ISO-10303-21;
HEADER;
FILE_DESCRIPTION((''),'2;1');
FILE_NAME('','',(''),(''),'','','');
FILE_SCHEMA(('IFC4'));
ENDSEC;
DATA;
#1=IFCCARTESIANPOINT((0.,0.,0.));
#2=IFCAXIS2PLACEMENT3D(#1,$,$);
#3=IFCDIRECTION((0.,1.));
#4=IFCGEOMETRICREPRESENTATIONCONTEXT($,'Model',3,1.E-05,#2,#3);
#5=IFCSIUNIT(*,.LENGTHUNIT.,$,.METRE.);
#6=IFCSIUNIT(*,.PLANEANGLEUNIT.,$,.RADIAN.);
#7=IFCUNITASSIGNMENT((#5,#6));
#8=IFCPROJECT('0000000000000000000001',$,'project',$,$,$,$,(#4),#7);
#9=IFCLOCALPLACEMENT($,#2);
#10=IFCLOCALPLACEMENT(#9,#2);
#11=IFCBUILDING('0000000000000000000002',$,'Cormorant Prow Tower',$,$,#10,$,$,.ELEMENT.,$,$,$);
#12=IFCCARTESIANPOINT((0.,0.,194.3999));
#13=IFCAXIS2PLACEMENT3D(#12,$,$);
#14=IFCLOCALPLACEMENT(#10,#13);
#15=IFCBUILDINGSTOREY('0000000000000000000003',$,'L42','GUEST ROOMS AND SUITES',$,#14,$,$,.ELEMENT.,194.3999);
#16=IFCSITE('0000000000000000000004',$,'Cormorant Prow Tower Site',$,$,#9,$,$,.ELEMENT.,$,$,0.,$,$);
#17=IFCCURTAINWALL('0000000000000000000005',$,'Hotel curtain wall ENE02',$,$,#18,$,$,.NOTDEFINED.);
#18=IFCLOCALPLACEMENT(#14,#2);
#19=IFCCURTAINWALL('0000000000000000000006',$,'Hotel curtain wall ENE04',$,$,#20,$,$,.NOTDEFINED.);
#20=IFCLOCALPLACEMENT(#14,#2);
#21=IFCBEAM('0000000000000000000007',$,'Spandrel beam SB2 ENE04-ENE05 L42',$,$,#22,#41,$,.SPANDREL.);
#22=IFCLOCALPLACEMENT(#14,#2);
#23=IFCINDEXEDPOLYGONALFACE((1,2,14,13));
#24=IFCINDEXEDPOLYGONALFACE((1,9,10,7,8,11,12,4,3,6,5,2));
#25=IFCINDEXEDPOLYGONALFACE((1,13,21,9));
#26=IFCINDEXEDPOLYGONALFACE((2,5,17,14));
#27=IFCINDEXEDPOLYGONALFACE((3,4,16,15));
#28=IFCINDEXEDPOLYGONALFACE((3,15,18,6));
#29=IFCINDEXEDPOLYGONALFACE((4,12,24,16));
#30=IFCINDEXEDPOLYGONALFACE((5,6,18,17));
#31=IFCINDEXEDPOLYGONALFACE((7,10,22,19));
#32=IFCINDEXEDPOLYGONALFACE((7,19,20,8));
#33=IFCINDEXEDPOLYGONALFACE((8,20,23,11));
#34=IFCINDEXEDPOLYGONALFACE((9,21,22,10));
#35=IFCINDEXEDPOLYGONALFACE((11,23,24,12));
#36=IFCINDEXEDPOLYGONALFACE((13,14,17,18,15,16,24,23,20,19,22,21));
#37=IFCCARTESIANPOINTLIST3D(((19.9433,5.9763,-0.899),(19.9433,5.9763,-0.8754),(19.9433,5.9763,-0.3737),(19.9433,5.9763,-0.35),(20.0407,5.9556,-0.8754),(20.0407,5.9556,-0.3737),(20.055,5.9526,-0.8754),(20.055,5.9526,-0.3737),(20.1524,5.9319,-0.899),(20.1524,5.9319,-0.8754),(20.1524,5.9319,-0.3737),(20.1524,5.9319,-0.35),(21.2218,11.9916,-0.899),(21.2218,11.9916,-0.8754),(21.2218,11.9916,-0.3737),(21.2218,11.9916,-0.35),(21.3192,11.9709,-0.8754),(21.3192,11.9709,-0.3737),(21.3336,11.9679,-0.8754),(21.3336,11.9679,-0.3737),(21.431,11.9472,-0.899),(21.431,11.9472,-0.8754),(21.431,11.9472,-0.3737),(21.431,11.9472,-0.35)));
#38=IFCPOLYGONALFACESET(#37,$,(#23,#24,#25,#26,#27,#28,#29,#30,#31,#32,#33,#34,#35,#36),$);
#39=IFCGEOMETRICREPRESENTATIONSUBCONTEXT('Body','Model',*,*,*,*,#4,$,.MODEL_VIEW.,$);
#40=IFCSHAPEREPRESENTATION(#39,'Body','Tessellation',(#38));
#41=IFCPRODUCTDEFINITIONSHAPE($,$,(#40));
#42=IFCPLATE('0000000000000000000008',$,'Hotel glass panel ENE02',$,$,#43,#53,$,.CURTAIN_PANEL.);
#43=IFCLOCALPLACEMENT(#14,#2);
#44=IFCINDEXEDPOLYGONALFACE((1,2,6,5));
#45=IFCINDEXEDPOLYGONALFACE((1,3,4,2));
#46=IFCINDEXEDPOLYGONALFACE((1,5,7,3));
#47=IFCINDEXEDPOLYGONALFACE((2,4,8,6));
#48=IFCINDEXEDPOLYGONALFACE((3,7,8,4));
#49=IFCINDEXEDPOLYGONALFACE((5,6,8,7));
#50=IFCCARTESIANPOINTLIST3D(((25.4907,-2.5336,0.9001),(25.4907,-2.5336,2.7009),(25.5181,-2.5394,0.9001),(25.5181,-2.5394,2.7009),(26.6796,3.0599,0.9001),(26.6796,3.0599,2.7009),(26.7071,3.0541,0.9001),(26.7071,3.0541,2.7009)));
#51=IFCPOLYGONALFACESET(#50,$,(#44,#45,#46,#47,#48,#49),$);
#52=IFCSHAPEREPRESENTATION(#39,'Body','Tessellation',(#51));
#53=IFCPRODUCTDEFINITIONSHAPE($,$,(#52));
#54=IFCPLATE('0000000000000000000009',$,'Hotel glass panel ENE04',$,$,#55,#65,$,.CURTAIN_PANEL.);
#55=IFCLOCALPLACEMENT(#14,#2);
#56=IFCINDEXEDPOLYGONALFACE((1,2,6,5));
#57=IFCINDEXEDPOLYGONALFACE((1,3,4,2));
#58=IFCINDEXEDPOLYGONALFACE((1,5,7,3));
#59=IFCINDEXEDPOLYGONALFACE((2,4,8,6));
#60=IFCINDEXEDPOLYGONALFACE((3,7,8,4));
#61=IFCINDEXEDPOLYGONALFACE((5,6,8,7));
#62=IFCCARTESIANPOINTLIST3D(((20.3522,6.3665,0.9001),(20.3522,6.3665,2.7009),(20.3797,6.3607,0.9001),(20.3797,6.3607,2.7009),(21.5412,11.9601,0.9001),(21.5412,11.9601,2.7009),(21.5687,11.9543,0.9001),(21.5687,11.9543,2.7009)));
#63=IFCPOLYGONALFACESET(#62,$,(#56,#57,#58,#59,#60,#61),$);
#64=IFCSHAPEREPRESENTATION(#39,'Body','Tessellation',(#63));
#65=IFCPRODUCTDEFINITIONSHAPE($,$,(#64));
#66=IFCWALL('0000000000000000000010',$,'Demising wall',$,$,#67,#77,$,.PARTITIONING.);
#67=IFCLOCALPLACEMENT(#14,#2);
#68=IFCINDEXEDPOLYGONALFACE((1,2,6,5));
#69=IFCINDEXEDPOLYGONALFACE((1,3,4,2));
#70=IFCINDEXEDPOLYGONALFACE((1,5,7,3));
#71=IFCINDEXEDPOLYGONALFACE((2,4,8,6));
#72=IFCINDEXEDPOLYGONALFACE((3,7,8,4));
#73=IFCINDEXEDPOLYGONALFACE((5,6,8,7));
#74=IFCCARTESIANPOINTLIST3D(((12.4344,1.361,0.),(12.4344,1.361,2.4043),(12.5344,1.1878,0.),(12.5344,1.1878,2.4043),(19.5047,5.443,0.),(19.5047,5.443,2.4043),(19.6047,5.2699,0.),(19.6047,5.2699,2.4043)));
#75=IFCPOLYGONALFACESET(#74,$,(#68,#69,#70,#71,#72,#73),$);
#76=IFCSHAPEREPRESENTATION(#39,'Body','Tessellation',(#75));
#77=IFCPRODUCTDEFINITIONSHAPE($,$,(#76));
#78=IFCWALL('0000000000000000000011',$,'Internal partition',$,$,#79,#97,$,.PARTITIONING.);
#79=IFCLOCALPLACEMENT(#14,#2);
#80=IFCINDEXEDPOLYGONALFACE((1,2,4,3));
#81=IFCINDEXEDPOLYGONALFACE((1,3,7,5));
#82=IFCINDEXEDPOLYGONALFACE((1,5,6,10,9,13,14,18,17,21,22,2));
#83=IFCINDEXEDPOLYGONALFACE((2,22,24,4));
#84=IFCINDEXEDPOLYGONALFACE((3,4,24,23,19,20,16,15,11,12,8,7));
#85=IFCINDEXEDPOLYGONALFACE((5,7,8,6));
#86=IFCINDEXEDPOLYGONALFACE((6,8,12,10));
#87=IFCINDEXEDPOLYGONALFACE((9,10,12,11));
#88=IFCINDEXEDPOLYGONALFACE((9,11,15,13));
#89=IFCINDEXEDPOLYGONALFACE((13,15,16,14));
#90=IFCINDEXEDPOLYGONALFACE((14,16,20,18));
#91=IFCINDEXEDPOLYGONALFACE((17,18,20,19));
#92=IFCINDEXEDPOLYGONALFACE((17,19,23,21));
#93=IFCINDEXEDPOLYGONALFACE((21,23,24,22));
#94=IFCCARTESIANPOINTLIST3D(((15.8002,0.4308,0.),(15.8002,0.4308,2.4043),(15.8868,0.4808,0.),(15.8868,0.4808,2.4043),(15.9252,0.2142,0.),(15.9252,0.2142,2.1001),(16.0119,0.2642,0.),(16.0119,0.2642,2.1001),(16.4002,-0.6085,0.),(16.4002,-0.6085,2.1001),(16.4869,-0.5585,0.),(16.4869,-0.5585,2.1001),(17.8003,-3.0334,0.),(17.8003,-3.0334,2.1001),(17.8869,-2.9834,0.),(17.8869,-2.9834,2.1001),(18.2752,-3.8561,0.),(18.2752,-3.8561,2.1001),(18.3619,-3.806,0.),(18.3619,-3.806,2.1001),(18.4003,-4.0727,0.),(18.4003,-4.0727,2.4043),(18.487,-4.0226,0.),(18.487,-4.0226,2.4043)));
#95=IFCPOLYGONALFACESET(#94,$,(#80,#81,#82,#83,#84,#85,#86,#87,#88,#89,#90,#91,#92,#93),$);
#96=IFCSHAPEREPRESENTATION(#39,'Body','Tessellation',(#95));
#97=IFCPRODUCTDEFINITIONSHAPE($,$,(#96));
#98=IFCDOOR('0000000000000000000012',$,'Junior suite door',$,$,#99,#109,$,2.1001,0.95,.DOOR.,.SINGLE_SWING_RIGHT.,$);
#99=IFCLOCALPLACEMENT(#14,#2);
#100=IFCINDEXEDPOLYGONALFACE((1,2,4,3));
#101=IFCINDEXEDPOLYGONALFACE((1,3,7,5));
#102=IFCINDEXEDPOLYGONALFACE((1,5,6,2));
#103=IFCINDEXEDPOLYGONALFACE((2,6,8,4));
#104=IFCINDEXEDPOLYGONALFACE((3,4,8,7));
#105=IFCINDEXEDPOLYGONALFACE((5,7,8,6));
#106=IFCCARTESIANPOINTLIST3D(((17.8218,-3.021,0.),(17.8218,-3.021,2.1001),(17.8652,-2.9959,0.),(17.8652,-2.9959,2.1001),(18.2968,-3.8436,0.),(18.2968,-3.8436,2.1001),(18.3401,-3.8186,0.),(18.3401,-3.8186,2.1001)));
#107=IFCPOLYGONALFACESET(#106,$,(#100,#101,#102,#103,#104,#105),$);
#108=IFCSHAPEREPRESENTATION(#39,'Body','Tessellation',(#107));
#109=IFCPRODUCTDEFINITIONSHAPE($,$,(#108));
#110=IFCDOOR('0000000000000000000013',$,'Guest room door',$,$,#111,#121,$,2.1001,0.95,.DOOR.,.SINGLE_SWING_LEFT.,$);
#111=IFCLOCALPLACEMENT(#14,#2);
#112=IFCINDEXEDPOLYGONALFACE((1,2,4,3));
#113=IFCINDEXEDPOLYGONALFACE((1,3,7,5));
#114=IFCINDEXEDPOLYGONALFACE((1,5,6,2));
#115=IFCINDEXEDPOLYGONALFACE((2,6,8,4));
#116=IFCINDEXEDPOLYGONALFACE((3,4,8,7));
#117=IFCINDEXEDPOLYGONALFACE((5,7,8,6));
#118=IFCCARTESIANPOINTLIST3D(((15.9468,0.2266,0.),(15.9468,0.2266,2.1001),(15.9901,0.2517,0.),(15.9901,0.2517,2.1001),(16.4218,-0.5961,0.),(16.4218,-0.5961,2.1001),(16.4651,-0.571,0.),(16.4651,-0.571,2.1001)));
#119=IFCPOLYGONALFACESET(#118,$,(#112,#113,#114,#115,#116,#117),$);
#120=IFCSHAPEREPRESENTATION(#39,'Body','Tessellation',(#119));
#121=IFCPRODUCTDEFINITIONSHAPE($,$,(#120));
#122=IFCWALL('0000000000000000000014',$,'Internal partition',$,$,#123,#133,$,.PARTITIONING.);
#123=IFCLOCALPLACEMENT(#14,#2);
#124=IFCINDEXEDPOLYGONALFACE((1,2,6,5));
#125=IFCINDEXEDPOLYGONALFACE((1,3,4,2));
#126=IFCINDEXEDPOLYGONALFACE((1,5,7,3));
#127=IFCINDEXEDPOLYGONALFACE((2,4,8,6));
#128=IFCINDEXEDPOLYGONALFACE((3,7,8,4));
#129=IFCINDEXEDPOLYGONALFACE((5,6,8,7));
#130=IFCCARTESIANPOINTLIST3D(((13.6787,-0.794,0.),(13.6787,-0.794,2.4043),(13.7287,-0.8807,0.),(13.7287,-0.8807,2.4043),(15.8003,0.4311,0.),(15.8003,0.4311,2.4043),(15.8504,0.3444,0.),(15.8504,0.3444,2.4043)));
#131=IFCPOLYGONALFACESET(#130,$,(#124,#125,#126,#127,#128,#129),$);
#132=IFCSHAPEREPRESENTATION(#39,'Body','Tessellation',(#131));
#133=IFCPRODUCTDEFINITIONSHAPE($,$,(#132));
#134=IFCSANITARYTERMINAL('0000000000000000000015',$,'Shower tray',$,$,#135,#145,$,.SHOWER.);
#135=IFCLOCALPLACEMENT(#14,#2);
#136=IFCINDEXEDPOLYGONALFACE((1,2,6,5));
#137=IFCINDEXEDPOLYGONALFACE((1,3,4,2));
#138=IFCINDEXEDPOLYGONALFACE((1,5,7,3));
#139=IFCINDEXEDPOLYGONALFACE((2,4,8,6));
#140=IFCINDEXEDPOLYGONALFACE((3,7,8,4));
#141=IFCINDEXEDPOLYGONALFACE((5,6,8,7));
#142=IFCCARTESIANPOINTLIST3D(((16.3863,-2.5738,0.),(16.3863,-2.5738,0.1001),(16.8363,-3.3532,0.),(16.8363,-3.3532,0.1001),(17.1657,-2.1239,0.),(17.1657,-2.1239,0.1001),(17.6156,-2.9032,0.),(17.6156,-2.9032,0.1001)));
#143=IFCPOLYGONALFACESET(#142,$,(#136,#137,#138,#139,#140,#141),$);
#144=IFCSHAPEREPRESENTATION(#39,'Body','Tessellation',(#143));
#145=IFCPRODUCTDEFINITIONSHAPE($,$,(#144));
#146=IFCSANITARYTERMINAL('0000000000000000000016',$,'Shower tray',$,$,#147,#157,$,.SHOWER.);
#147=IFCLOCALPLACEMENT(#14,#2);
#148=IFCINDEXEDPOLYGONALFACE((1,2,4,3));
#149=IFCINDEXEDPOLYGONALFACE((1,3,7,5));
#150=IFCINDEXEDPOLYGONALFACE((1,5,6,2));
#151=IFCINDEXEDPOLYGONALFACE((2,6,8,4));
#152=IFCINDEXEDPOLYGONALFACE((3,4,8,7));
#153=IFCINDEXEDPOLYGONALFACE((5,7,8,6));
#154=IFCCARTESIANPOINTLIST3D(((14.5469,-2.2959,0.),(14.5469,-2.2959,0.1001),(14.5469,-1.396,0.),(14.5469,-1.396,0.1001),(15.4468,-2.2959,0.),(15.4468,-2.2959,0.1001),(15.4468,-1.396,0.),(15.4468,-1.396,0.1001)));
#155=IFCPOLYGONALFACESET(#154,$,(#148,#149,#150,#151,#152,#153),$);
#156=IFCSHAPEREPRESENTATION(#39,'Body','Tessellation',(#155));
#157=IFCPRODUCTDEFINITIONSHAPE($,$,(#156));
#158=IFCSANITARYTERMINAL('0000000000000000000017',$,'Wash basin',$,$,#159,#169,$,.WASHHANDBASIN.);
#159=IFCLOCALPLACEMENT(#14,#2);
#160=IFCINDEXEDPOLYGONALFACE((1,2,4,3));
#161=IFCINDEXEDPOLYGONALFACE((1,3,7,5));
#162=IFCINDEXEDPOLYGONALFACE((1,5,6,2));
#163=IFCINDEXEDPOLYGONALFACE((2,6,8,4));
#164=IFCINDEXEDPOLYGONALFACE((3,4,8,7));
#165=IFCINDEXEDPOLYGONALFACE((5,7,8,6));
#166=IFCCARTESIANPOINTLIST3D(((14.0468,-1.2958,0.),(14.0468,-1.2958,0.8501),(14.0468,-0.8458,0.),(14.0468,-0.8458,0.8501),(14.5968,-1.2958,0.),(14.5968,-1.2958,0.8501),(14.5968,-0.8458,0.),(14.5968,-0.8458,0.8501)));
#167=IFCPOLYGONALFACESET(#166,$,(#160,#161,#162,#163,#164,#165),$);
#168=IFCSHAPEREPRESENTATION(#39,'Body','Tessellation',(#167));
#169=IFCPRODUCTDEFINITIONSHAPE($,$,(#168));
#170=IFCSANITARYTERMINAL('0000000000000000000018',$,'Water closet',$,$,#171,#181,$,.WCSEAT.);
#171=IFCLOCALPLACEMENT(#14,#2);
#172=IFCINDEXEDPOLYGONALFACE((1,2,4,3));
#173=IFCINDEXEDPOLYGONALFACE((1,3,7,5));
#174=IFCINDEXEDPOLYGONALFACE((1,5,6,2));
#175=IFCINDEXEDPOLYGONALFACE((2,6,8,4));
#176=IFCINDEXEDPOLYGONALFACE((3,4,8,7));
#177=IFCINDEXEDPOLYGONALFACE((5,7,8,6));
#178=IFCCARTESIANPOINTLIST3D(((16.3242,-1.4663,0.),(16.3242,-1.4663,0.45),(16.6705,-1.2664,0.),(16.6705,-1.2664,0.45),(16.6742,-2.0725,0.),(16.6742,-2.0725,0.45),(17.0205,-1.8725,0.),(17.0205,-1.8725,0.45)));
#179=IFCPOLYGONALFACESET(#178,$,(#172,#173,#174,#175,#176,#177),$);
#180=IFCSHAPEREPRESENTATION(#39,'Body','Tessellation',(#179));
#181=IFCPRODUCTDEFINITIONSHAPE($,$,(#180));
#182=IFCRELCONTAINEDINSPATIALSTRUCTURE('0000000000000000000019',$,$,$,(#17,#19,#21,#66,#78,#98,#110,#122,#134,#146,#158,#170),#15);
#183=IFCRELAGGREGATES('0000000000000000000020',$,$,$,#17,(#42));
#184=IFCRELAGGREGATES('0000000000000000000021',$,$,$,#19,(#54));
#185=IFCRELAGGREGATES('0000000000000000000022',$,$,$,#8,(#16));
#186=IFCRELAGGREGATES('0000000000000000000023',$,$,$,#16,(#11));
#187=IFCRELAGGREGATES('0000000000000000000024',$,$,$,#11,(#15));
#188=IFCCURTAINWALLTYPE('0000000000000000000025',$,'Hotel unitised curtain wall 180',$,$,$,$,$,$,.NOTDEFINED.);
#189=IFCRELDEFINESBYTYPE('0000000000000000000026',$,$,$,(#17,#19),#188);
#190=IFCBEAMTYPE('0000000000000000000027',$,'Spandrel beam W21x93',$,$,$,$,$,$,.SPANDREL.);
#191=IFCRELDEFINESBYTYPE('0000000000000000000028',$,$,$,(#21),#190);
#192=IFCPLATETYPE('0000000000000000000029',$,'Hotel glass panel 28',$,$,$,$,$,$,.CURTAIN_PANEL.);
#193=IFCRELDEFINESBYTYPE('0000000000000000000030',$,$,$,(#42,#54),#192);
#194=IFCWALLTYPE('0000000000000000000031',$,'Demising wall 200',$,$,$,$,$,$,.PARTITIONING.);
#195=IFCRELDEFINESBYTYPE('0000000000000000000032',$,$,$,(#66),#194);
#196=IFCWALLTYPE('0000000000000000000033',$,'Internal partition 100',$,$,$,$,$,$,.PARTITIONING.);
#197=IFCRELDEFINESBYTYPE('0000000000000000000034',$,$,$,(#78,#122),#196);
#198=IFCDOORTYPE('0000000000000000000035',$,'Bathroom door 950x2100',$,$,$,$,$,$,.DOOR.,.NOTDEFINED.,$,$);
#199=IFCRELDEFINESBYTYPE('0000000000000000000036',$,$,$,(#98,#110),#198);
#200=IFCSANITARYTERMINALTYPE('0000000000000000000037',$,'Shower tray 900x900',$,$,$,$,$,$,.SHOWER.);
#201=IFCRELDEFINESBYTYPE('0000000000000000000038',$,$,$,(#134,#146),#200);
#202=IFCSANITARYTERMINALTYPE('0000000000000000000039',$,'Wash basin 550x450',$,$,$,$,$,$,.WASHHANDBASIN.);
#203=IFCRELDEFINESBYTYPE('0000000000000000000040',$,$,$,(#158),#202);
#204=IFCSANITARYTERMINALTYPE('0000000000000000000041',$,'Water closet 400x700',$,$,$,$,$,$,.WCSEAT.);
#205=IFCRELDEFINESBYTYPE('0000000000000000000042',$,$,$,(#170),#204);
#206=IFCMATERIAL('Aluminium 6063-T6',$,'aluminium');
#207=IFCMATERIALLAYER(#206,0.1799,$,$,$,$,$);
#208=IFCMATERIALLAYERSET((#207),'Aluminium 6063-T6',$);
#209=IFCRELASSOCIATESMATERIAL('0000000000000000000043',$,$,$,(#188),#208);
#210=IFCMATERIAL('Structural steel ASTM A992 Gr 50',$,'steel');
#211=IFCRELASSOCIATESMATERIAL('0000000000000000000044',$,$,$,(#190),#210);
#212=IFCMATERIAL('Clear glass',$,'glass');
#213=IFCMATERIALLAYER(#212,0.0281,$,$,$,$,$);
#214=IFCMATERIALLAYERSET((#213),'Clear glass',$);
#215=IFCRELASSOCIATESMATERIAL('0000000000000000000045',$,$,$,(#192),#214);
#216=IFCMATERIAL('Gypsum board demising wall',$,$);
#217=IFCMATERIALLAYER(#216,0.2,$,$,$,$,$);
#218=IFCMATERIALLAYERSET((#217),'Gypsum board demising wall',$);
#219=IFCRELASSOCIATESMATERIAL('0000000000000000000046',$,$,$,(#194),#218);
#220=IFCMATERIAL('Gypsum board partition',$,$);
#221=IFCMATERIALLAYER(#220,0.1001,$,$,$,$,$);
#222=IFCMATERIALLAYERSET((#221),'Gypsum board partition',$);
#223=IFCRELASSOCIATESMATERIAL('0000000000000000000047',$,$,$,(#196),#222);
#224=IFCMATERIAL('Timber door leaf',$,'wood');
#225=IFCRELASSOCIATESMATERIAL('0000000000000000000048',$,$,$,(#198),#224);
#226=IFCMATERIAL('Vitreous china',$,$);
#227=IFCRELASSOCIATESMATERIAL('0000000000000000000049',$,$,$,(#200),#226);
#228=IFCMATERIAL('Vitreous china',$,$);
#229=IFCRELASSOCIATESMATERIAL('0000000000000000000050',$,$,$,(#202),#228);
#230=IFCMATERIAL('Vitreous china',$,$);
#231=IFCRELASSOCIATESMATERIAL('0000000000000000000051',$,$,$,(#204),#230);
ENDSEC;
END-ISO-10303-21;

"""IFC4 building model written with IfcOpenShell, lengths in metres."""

from ifc_helpers import new_model, si_unit, direction, frame, frame_2d, origin, origin_2d, place, context, subcontext, project, spatial, rectangle, i_section, extrude, material, layer, layer_set, material_profile, profile_set, type_object, element, fill, aggregate, save


model = new_model("IFC4")

# Units and contexts
model_context = context("Model", 3, precision=1e-05, world=origin(), true_north=direction((0.0, 1.0)))
body_context = subcontext(model_context, "Body", "Model", "MODEL_VIEW")
ifc_project = project(units=[si_unit("LENGTHUNIT", "METRE"), si_unit("PLANEANGLEUNIT", "RADIAN")], contexts=[model_context])

# Site, building, storey
site_placement = place(None, origin())
site = spatial("IfcSite", under=ifc_project, at=site_placement, Name="Cormorant Prow Tower Site", CompositionType="ELEMENT", RefElevation=0.0)
building_placement = place(site_placement, origin())
building = spatial("IfcBuilding", under=site, at=building_placement, Name="Cormorant Prow Tower", CompositionType="ELEMENT")
storey_placement = place(building_placement, frame((0.0, 0.0, 194.3999)))
storey = spatial("IfcBuildingStorey", under=building, at=storey_placement, Name="L42", Description="GUEST ROOMS AND SUITES", CompositionType="ELEMENT", Elevation=194.3999)

# Curtain walls
ifc_material_1 = material(Name="Aluminium 6063-T6", Category="aluminium")
ifc_layer_1 = layer(ifc_material_1, 0.1799)
ifc_layer_set_1 = layer_set([ifc_layer_1], Name="Aluminium 6063-T6")
curtain_wall_type = type_object("IfcCurtainWallType", Name="Hotel unitised curtain wall 180", PredefinedType="NOTDEFINED", material=ifc_layer_set_1)
curtain_wall_1_placement = place(storey_placement, origin())
curtain_wall_1 = element("IfcCurtainWall", 1, at=curtain_wall_1_placement, inside=storey, type_object=curtain_wall_type, Name="Hotel curtain wall ENE02", PredefinedType="NOTDEFINED")
curtain_wall_2_placement = place(storey_placement, origin())
curtain_wall_2 = element("IfcCurtainWall", 2, at=curtain_wall_2_placement, inside=storey, type_object=curtain_wall_type, Name="Hotel curtain wall ENE04", PredefinedType="NOTDEFINED")

# Beam
ifc_material_2 = material(Name="Structural steel ASTM A992 Gr 50", Category="steel")
ifc_material_profile_1 = material_profile(ifc_material_2, i_section(OverallWidth=0.2139, OverallDepth=0.5491, WebThickness=0.0146, FlangeThickness=0.0237, at=origin_2d()), Name="W21x93")
ifc_profile_set_1 = profile_set([ifc_material_profile_1], Name="Structural steel ASTM A992 Gr 50")
beam_type_1 = type_object("IfcBeamType", Name="Spandrel beam W21x93", PredefinedType="SPANDREL", material=ifc_profile_set_1)
beam_1_placement = place(storey_placement, frame((20.0479, 5.9541, -0.6245), z_axis=(0.207905, 0.978149, 0.0), x_axis=(-0.978149, 0.207905, 0.0)))
element("IfcBeam", 3, at=beam_1_placement, inside=storey, type_object=beam_type_1, Name="Spandrel beam SB2 ENE04-ENE05 L42", PredefinedType="SPANDREL", context=body_context, shape_type="SweptSolid", body=[
    extrude(i_section(OverallWidth=0.2139, OverallDepth=0.5491, WebThickness=0.0146, FlangeThickness=0.0237, at=origin_2d()), origin(), (0.0, 0.0, 1.0), 6.1497),
])

# Plates
ifc_material_3 = material(Name="Clear glass", Category="glass")
ifc_layer_2 = layer(ifc_material_3, 0.0281)
ifc_layer_set_2 = layer_set([ifc_layer_2], Name="Clear glass")
plate_type = type_object("IfcPlateType", Name="Hotel glass panel 28", PredefinedType="CURTAIN_PANEL", material=ifc_layer_set_2)
plate_1_placement = place(storey_placement, frame((26.0989, 0.2603, 0.9001), z_axis=(0.0, 0.0, 1.0), x_axis=(0.207912, 0.978148, 0.0)))
plate_1 = element("IfcPlate", 4, at=plate_1_placement, type_object=plate_type, Name="Hotel glass panel ENE02", PredefinedType="CURTAIN_PANEL", context=body_context, shape_type="SweptSolid", body=[
    extrude(rectangle(XDim=5.7185, YDim=0.0281, at=origin_2d()), origin(), (0.0, 0.0, 1.0), 1.8008),
])
aggregate(curtain_wall_1, [plate_1])
plate_2_placement = place(storey_placement, frame((20.9604, 9.1604, 0.9001), z_axis=(0.0, 0.0, 1.0), x_axis=(0.207912, 0.978148, 0.0)))
plate_2 = element("IfcPlate", 5, at=plate_2_placement, type_object=plate_type, Name="Hotel glass panel ENE04", PredefinedType="CURTAIN_PANEL", context=body_context, shape_type="SweptSolid", body=[
    extrude(rectangle(XDim=5.7185, YDim=0.0281, at=origin_2d()), origin(), (0.0, 0.0, 1.0), 1.8008),
])
aggregate(curtain_wall_2, [plate_2])

# Wall
ifc_material_4 = material(Name="Gypsum board demising wall")
ifc_layer_3 = layer(ifc_material_4, 0.2)
ifc_layer_set_3 = layer_set([ifc_layer_3], Name="Gypsum board demising wall")
wall_type_1 = type_object("IfcWallType", Name="Demising wall 200", PredefinedType="PARTITIONING", material=ifc_layer_set_3)
wall_1_placement = place(storey_placement, frame((12.4844, 1.2744, 0.0), z_axis=(0.0, 0.0, 1.0), x_axis=(0.866026, 0.499999, 0.0)))
element("IfcWall", 6, at=wall_1_placement, inside=storey, type_object=wall_type_1, Name="Demising wall", PredefinedType="PARTITIONING", context=body_context, shape_type="SweptSolid", body=[
    extrude(rectangle(XDim=8.1641, YDim=0.2, at=frame_2d((4.082, 0.0))), origin(), (0.0, 0.0, 1.0), 2.4043),
])

# Wall, openings, doors
ifc_material_5 = material(Name="Gypsum board partition")
ifc_layer_4 = layer(ifc_material_5, 0.1001)
ifc_layer_set_4 = layer_set([ifc_layer_4], Name="Gypsum board partition")
wall_type_2 = type_object("IfcWallType", Name="Internal partition 100", PredefinedType="PARTITIONING", material=ifc_layer_set_4)
wall_2_placement = place(storey_placement, frame((15.8435, 0.4558, 0.0), z_axis=(0.0, 0.0, 1.0), x_axis=(0.500007, -0.866021, 0.0)))
wall_2 = element("IfcWall", 7, at=wall_2_placement, inside=storey, type_object=wall_type_2, Name="Internal partition", PredefinedType="PARTITIONING", context=body_context, shape_type="SweptSolid", body=[
    extrude(rectangle(XDim=5.2002, YDim=0.1001, at=frame_2d((2.6001, 0.0))), origin(), (0.0, 0.0, 1.0), 2.4043),
])
opening_1_placement = place(wall_2_placement, frame((4.0, 0.0, 0.0)))
opening_1 = element("IfcOpeningElement", 8, at=opening_1_placement, cuts=wall_2, PredefinedType="OPENING", context=body_context, shape_type="SweptSolid", body=[
    extrude(rectangle(XDim=0.95, YDim=2.1001, at=frame_2d((0.4751, 1.05))), frame((0.0, 0.0601, 0.0), z_axis=(0.0, -1.0, 0.0), x_axis=(1.0, 0.0, 0.0)), (0.0, 0.0, 1.0), 0.1201),
])
opening_2_placement = place(wall_2_placement, frame((0.25, 0.0, 0.0)))
opening_2 = element("IfcOpeningElement", 9, at=opening_2_placement, cuts=wall_2, PredefinedType="OPENING", context=body_context, shape_type="SweptSolid", body=[
    extrude(rectangle(XDim=0.95, YDim=2.1001, at=frame_2d((0.4751, 1.05))), frame((0.0, 0.0601, 0.0), z_axis=(0.0, -1.0, 0.0), x_axis=(1.0, 0.0, 0.0)), (0.0, 0.0, 1.0), 0.1201),
])
ifc_material_6 = material(Name="Timber door leaf", Category="wood")
door_type_1 = type_object("IfcDoorType", Name="Bathroom door 950x2100", OperationType="NOTDEFINED", PredefinedType="DOOR", material=ifc_material_6)
door_1_placement = place(opening_1_placement, origin())
door_1 = element("IfcDoor", 10, at=door_1_placement, inside=storey, type_object=door_type_1, Name="Junior suite door", OperationType="SINGLE_SWING_RIGHT", OverallHeight=2.1001, OverallWidth=0.95, PredefinedType="DOOR", context=body_context, shape_type="SweptSolid", body=[
    extrude(rectangle(XDim=0.95, YDim=2.1001, at=frame_2d((0.4751, 1.05))), frame((0.0, 0.0249, 0.0), z_axis=(0.0, -1.0, 0.0), x_axis=(1.0, 0.0, 0.0)), (0.0, 0.0, 1.0), 0.05),
])
fill(opening_1, door_1)
door_2_placement = place(opening_2_placement, origin())
door_2 = element("IfcDoor", 11, at=door_2_placement, inside=storey, type_object=door_type_1, Name="Guest room door", OperationType="SINGLE_SWING_LEFT", OverallHeight=2.1001, OverallWidth=0.95, PredefinedType="DOOR", context=body_context, shape_type="SweptSolid", body=[
    extrude(rectangle(XDim=0.95, YDim=2.1001, at=frame_2d((0.4751, 1.05))), frame((0.0, 0.0249, 0.0), z_axis=(0.0, -1.0, 0.0), x_axis=(1.0, 0.0, 0.0)), (0.0, 0.0, 1.0), 0.05),
])
fill(opening_2, door_2)

# Wall
wall_3_placement = place(storey_placement, frame((13.7036, -0.8374, 0.0), z_axis=(0.0, 0.0, 1.0), x_axis=(0.86599, 0.500062, 0.0)))
element("IfcWall", 12, at=wall_3_placement, inside=storey, type_object=wall_type_2, Name="Internal partition", PredefinedType="PARTITIONING", context=body_context, shape_type="SweptSolid", body=[
    extrude(rectangle(XDim=2.45, YDim=0.1001, at=frame_2d((1.2251, 0.0))), origin(), (0.0, 0.0, 1.0), 2.4043),
])

# Sanitary terminals
ifc_material_7 = material(Name="Vitreous china")
sanitary_terminal_type_1 = type_object("IfcSanitaryTerminalType", Name="Shower tray 900x900", PredefinedType="SHOWER", material=ifc_material_7)
for number, where, z_axis, x_axis, name in (
    (13, (17.001, -2.7385, 0.0), (0.0, 0.0, 1.0), (0.5, -0.866025, 0.0), "Shower tray"),
    (14, (14.9968, -1.8459, 0.0), (0.0, 0.0, 1.0), (1.0, 0.0, 0.0), "Shower tray"),
):
    element("IfcSanitaryTerminal", number, at=place(storey_placement, frame(where, z_axis=z_axis, x_axis=x_axis)), inside=storey, type_object=sanitary_terminal_type_1, Name=name, PredefinedType="SHOWER", context=body_context, shape_type="SweptSolid", body=[
        extrude(rectangle(XDim=0.8999, YDim=0.8999, at=origin_2d()), origin(), (0.0, 0.0, 1.0), 0.1001),
    ])
ifc_material_8 = material(Name="Vitreous china")
sanitary_terminal_type_2 = type_object("IfcSanitaryTerminalType", Name="Wash basin 550x450", PredefinedType="WASHHANDBASIN", material=ifc_material_8)
sanitary_terminal_1_placement = place(storey_placement, frame((14.3218, -1.0708, 0.0), z_axis=(0.0, 0.0, 1.0), x_axis=(1.0, 0.0, 0.0)))
element("IfcSanitaryTerminal", 15, at=sanitary_terminal_1_placement, inside=storey, type_object=sanitary_terminal_type_2, Name="Wash basin", PredefinedType="WASHHANDBASIN", context=body_context, shape_type="SweptSolid", body=[
    extrude(rectangle(XDim=0.55, YDim=0.45, at=origin_2d()), origin(), (0.0, 0.0, 1.0), 0.8501),
])
ifc_material_9 = material(Name="Vitreous china")
sanitary_terminal_type_3 = type_object("IfcSanitaryTerminalType", Name="Water closet 400x700", PredefinedType="WCSEAT", material=ifc_material_9)
sanitary_terminal_2_placement = place(storey_placement, frame((16.6724, -1.6694, 0.0), z_axis=(0.0, 0.0, 1.0), x_axis=(-0.866025, -0.5, 0.0)))
element("IfcSanitaryTerminal", 16, at=sanitary_terminal_2_placement, inside=storey, type_object=sanitary_terminal_type_3, Name="Water closet", PredefinedType="WCSEAT", context=body_context, shape_type="SweptSolid", body=[
    extrude(rectangle(XDim=0.3999, YDim=0.7, at=origin_2d()), origin(), (0.0, 0.0, 1.0), 0.45),
])

save(model, "model.ifc")
